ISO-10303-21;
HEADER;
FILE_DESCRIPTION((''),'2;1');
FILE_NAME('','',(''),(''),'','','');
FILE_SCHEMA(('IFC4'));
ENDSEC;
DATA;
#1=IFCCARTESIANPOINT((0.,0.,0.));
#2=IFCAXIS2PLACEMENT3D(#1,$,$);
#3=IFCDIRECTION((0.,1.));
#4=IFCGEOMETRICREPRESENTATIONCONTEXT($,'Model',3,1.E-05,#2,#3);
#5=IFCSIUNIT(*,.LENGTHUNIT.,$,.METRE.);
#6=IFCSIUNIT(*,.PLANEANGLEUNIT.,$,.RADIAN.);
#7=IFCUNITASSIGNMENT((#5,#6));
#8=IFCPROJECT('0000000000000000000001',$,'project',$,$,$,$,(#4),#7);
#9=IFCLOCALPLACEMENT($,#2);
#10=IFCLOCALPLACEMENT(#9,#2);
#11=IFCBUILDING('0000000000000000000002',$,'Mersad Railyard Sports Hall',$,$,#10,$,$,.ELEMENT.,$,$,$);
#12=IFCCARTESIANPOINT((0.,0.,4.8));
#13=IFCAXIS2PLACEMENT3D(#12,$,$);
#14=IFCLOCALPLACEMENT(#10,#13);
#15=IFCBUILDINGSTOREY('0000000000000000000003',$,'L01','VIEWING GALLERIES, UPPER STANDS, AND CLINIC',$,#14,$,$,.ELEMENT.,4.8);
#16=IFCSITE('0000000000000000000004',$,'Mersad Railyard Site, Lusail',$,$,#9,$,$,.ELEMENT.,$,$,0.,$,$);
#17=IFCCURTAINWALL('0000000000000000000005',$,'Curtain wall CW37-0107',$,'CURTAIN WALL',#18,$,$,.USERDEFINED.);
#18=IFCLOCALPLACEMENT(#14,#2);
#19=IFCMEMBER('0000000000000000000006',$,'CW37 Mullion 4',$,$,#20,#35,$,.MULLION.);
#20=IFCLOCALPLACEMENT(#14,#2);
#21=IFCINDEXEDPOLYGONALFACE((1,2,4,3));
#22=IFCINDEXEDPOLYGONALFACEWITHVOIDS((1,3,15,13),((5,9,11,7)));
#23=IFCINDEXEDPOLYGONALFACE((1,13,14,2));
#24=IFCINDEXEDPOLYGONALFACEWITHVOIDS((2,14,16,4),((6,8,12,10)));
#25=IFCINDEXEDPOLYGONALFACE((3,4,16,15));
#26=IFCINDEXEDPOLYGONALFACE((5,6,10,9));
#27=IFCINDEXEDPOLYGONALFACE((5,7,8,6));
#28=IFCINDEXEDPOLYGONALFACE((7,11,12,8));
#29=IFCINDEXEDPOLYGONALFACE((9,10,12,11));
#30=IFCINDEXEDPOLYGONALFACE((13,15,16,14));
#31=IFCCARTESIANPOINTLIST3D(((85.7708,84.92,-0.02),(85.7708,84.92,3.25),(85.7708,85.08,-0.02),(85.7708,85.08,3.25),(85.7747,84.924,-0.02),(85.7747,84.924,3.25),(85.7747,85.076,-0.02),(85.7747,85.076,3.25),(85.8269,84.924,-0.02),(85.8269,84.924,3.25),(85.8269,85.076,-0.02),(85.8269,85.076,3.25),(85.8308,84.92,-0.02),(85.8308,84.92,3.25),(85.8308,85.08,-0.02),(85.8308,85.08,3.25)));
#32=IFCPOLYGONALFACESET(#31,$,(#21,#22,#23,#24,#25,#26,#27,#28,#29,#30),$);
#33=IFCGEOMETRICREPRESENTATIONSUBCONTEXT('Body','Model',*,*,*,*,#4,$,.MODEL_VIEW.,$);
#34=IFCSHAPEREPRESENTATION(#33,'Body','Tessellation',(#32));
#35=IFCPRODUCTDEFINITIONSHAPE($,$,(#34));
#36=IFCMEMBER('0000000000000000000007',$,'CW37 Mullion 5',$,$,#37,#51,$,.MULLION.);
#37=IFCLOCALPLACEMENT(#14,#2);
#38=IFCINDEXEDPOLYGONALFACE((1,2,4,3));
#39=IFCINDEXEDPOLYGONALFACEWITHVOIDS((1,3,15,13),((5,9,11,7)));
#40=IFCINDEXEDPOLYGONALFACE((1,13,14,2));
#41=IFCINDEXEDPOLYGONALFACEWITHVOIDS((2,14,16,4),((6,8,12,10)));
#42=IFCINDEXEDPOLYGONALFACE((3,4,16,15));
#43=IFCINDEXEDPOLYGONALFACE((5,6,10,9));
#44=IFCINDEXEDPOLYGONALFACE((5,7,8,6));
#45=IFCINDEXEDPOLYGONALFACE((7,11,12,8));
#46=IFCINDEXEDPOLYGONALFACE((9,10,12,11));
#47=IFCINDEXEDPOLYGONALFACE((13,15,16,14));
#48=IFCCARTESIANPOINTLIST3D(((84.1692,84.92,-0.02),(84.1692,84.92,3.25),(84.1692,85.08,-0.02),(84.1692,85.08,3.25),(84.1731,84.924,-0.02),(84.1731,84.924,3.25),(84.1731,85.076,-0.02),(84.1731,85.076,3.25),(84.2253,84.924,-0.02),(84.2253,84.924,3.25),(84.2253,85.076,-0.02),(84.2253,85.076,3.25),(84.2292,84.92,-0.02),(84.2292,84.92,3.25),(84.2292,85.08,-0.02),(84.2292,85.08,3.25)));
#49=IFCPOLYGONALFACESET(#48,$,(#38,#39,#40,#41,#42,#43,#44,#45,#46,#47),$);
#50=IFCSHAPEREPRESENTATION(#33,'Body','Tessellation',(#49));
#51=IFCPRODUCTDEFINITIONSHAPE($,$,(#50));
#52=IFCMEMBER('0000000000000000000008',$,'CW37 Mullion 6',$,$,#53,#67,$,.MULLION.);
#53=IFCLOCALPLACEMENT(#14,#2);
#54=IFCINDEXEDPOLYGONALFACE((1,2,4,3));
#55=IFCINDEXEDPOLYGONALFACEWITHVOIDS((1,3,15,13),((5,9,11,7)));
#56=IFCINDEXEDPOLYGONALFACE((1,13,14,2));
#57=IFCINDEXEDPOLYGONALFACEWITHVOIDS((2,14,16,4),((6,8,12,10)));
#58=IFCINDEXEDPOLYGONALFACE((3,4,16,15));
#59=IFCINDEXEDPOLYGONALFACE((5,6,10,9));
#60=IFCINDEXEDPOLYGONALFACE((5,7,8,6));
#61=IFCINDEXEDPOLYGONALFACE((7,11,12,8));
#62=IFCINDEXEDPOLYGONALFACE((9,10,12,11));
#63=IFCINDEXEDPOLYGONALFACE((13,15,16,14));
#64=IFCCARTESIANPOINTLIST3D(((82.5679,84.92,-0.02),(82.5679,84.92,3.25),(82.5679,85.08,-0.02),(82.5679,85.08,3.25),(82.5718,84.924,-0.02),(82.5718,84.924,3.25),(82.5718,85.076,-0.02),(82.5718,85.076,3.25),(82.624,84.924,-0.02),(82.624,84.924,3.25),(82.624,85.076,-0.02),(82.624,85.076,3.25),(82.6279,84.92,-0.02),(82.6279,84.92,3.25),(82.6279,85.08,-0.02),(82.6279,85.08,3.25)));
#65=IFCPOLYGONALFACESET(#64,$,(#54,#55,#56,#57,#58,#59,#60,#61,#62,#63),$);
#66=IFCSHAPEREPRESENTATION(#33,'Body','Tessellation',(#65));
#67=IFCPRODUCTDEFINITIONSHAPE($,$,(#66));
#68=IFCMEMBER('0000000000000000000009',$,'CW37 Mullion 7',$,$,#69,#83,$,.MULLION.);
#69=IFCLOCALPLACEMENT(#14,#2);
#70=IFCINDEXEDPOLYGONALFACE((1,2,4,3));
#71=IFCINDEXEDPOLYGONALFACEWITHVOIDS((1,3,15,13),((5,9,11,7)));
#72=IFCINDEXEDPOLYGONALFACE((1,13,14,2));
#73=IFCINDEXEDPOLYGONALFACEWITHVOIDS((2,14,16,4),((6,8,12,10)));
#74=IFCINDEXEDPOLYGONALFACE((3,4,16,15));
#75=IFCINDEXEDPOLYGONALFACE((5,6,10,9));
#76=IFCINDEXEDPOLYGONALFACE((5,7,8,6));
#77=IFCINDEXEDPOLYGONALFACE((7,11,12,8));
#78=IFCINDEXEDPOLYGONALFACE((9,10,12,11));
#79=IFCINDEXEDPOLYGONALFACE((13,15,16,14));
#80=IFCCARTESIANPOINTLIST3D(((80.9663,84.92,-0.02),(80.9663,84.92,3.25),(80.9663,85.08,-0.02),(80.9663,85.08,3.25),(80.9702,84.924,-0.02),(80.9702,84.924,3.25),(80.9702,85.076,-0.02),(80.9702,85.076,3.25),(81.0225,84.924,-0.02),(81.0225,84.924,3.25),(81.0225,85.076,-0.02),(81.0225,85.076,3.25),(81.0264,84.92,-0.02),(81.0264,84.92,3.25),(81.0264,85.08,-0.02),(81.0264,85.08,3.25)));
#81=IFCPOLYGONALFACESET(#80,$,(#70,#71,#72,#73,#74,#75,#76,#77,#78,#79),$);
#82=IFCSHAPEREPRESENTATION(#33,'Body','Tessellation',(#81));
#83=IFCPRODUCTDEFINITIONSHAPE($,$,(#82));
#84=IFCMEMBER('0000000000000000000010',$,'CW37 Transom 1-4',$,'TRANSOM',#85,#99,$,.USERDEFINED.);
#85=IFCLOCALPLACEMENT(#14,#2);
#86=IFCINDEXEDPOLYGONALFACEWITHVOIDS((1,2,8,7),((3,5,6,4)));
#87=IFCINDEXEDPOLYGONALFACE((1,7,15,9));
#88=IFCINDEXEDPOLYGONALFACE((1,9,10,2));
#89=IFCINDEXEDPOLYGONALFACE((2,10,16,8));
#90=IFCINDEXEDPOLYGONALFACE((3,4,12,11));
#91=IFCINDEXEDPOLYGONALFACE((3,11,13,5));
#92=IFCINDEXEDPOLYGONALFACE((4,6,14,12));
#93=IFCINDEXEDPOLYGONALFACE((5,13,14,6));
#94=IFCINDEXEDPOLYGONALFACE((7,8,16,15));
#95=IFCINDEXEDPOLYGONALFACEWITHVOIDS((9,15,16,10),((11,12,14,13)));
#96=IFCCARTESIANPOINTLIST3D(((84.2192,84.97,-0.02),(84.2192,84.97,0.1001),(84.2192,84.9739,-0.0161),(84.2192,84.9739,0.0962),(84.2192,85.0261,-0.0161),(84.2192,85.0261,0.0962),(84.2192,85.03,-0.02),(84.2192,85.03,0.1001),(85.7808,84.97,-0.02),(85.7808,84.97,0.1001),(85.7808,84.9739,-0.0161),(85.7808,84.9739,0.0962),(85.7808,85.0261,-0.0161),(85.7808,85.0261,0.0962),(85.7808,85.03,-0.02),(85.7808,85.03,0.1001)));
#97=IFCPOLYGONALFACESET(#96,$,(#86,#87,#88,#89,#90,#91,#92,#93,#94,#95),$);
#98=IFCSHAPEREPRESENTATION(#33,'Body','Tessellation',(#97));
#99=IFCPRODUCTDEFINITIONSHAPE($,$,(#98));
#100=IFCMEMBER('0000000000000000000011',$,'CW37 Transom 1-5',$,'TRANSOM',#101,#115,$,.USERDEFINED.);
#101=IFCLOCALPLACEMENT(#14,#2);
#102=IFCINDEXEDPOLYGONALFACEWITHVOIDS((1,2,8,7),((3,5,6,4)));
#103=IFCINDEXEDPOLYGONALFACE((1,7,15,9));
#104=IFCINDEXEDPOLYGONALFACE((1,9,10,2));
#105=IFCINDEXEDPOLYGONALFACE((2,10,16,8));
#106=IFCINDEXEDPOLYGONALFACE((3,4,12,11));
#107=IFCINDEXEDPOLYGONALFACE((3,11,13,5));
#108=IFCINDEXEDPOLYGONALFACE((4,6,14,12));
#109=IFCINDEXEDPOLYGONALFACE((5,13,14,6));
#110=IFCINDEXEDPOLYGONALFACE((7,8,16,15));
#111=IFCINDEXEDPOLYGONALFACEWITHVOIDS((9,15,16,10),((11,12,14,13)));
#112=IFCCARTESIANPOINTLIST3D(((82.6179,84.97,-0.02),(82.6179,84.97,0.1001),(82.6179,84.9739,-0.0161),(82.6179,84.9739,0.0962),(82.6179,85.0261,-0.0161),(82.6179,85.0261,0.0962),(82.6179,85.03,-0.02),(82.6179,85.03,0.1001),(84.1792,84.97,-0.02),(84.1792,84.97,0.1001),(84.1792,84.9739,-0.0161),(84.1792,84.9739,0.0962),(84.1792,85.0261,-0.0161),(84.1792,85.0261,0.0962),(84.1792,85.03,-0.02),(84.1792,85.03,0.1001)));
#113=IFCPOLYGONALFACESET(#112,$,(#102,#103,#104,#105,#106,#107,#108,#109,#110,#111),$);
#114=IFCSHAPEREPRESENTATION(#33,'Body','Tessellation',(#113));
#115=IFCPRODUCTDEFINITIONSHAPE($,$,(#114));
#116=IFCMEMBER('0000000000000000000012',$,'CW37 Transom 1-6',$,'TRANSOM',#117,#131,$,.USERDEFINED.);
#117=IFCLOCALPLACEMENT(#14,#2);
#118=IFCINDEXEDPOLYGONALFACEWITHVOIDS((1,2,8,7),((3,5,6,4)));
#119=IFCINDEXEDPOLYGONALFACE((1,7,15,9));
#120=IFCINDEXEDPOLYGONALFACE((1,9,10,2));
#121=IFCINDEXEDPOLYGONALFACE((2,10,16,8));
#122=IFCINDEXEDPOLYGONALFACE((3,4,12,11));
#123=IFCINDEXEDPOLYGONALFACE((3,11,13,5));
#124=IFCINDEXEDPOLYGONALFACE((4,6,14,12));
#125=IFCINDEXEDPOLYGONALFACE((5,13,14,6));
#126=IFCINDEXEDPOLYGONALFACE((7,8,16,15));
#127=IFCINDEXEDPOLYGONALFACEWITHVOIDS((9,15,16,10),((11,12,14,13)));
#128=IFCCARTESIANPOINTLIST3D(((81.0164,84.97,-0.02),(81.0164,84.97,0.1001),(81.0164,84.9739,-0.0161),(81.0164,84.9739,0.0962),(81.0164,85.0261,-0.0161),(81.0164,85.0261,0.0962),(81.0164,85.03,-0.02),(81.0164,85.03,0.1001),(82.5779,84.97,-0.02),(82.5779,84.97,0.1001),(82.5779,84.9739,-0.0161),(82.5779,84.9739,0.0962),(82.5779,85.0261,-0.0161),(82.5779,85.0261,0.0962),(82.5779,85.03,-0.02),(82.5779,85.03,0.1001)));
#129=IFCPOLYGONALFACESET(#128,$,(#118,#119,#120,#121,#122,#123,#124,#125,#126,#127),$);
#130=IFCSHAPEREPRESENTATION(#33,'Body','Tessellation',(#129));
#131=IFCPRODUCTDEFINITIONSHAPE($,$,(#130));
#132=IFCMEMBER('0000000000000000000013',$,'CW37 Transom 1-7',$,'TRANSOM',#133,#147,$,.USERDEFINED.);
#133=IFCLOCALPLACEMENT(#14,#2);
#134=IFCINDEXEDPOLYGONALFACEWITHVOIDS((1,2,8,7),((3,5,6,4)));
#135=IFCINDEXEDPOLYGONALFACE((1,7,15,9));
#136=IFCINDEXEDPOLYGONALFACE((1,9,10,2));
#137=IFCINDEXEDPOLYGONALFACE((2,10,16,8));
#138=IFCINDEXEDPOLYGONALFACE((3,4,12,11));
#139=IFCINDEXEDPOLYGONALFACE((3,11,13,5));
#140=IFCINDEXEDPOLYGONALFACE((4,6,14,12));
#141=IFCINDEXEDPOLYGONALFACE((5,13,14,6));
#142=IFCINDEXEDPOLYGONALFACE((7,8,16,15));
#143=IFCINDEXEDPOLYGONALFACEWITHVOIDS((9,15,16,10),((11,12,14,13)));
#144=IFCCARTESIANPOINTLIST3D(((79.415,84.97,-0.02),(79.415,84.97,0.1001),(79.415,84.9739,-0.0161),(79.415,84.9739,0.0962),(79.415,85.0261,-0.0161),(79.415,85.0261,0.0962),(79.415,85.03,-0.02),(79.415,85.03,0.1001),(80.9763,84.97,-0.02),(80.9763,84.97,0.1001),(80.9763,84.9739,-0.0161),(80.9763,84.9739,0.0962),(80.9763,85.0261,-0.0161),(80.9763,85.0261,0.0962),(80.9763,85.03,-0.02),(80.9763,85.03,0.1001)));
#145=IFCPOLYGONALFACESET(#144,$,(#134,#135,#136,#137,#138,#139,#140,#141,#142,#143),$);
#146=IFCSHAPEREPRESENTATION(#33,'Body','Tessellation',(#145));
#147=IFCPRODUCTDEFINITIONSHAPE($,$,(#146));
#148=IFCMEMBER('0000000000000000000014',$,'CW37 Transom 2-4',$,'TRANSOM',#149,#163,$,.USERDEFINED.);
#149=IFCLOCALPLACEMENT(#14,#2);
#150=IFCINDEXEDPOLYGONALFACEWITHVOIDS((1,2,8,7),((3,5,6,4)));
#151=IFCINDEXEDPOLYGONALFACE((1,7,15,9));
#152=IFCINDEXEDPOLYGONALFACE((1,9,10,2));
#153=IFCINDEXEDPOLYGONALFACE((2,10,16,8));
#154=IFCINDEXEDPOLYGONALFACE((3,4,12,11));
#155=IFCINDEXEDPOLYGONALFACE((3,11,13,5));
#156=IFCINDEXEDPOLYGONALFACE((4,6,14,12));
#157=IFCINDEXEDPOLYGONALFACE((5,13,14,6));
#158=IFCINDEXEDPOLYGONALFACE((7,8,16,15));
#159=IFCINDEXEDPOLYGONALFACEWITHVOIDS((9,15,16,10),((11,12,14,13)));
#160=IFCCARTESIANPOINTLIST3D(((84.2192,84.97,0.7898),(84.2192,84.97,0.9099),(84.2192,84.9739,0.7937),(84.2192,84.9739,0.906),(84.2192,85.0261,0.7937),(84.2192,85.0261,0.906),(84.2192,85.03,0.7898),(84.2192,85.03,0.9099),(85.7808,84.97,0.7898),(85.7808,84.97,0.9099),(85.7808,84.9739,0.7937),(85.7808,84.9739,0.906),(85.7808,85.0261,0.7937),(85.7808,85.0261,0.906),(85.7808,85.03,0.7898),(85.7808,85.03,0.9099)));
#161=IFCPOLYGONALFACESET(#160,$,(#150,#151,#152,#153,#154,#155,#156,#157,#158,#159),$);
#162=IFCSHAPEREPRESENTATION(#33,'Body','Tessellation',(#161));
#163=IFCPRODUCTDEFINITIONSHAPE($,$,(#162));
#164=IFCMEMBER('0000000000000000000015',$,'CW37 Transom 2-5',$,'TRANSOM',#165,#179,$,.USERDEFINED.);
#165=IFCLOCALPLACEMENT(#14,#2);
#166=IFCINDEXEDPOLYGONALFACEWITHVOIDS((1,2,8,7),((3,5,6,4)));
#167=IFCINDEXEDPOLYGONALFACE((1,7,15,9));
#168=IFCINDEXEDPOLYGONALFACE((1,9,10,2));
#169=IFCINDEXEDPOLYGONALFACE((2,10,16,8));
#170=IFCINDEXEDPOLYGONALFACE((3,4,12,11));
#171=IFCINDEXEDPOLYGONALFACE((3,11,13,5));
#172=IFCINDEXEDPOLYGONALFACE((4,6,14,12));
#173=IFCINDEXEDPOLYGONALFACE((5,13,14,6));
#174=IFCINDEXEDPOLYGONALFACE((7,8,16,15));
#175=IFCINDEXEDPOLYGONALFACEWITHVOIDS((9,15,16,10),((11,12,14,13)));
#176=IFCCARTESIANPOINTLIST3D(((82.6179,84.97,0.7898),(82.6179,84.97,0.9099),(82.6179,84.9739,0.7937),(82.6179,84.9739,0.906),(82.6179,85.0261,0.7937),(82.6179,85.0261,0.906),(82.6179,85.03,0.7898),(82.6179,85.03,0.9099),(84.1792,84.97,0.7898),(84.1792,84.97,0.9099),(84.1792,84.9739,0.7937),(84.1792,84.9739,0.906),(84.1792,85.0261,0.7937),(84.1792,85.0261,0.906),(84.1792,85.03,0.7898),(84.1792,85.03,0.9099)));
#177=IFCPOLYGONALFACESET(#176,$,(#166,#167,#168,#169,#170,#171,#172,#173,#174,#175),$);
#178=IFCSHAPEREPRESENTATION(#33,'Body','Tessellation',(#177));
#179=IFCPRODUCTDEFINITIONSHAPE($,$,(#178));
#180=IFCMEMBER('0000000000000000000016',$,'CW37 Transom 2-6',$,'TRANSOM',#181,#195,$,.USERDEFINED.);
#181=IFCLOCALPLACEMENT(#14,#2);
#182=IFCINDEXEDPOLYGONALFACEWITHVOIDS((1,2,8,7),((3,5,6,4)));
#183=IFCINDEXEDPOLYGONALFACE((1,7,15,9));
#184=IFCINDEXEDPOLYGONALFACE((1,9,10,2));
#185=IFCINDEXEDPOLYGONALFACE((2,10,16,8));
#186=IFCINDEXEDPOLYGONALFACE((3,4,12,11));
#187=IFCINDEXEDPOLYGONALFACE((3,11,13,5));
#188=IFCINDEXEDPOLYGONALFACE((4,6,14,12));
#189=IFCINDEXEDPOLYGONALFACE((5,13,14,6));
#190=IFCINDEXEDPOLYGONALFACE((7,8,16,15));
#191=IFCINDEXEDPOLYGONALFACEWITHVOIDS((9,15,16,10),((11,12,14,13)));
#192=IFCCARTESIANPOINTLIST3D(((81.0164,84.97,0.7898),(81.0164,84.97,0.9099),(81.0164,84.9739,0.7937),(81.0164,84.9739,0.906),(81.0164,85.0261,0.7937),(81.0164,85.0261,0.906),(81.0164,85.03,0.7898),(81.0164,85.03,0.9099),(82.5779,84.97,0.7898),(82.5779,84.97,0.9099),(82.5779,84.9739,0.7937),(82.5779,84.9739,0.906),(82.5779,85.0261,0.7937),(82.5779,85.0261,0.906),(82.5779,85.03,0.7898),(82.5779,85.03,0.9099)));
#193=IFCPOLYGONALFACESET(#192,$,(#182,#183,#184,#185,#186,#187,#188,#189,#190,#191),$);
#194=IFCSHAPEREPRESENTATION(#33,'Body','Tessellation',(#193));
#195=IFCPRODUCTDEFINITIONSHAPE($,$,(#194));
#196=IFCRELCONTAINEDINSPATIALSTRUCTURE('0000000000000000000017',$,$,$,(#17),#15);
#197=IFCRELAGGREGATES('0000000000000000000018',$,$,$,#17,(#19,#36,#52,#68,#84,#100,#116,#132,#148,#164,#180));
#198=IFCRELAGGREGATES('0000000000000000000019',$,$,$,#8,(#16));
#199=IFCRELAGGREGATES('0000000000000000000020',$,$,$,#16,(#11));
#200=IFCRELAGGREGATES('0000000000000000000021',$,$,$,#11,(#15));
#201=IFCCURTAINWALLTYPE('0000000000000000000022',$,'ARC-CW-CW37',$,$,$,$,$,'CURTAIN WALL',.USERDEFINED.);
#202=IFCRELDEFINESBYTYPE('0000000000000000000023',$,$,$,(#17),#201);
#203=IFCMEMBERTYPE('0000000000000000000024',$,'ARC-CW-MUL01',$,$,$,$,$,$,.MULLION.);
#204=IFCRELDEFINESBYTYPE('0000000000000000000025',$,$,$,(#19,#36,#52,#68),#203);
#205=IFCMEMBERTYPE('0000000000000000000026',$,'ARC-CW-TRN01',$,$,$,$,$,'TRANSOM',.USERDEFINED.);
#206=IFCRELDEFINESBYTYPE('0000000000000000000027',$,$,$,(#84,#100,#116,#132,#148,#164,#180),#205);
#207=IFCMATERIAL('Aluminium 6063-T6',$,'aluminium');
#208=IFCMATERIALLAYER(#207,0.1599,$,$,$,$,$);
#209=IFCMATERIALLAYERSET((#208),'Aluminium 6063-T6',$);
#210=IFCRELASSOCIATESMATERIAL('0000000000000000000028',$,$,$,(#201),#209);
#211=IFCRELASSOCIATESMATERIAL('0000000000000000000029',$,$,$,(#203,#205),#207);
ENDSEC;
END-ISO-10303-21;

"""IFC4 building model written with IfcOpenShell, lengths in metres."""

from ifc_helpers import new_model, si_unit, direction, frame, origin, origin_2d, place, context, subcontext, project, spatial, hollow_rectangle, extrude, material, layer, layer_set, material_profile, profile_set, type_object, element, aggregate, save


model = new_model("IFC4")

# Units and contexts
model_context = context("Model", 3, precision=1e-05, world=origin(), true_north=direction((0.0, 1.0)))
body_context = subcontext(model_context, "Body", "Model", "MODEL_VIEW")
ifc_project = project(units=[si_unit("LENGTHUNIT", "METRE"), si_unit("PLANEANGLEUNIT", "RADIAN")], contexts=[model_context])

# Site, building, storey
site_placement = place(None, origin())
site = spatial("IfcSite", under=ifc_project, at=site_placement, Name="Mersad Railyard Site, Lusail", CompositionType="ELEMENT", RefElevation=0.0)
building_placement = place(site_placement, origin())
building = spatial("IfcBuilding", under=site, at=building_placement, Name="Mersad Railyard Sports Hall", CompositionType="ELEMENT")
storey_placement = place(building_placement, frame((0.0, 0.0, 4.8)))
storey = spatial("IfcBuildingStorey", under=building, at=storey_placement, Name="L01", Description="VIEWING GALLERIES, UPPER STANDS, AND CLINIC", CompositionType="ELEMENT", Elevation=4.8)

# Curtain wall, members
ifc_material_1 = material(Name="Aluminium 6063-T6", Category="aluminium")
ifc_layer_1 = layer(ifc_material_1, 0.1599)
ifc_layer_set_1 = layer_set([ifc_layer_1], Name="Aluminium 6063-T6")
curtain_wall_type = type_object("IfcCurtainWallType", Name="ARC-CW-CW37", ElementType="CURTAIN WALL", PredefinedType="USERDEFINED", material=ifc_layer_set_1)
curtain_wall_placement = place(storey_placement, origin())
curtain_wall = element("IfcCurtainWall", 1, at=curtain_wall_placement, inside=storey, type_object=curtain_wall_type, Name="Curtain wall CW37-0107", ObjectType="CURTAIN WALL", PredefinedType="USERDEFINED")
ifc_material_profile_1 = material_profile(ifc_material_1, hollow_rectangle(XDim=0.0601, YDim=0.1599, WallThickness=0.0039, at=origin_2d()), Name="AL MULLION 60x160x4")
ifc_profile_set_1 = profile_set([ifc_material_profile_1], Name="Aluminium 6063-T6")
member_type_1 = type_object("IfcMemberType", Name="ARC-CW-MUL01", PredefinedType="MULLION", material=ifc_profile_set_1)
member_1_placement = place(storey_placement, frame((85.8008, 85.0, -0.02), z_axis=(0.0, 0.0, 1.0), x_axis=(1.0, 0.0, 0.0)))
member_1 = element("IfcMember", 2, at=member_1_placement, type_object=member_type_1, Name="CW37 Mullion 4", PredefinedType="MULLION", context=body_context, shape_type="SweptSolid", body=[
    extrude(hollow_rectangle(XDim=0.0601, YDim=0.1599, WallThickness=0.0039, at=origin_2d()), origin(), (0.0, 0.0, 1.0), 3.27),
])
member_2_placement = place(storey_placement, frame((84.1992, 85.0, -0.02), z_axis=(0.0, 0.0, 1.0), x_axis=(1.0, 0.0, 0.0)))
member_2 = element("IfcMember", 3, at=member_2_placement, type_object=member_type_1, Name="CW37 Mullion 5", PredefinedType="MULLION", context=body_context, shape_type="SweptSolid", body=[
    extrude(hollow_rectangle(XDim=0.0601, YDim=0.1599, WallThickness=0.0039, at=origin_2d()), origin(), (0.0, 0.0, 1.0), 3.27),
])
member_3_placement = place(storey_placement, frame((82.5979, 85.0, -0.02), z_axis=(0.0, 0.0, 1.0), x_axis=(1.0, 0.0, 0.0)))
member_3 = element("IfcMember", 4, at=member_3_placement, type_object=member_type_1, Name="CW37 Mullion 6", PredefinedType="MULLION", context=body_context, shape_type="SweptSolid", body=[
    extrude(hollow_rectangle(XDim=0.0601, YDim=0.1599, WallThickness=0.0039, at=origin_2d()), origin(), (0.0, 0.0, 1.0), 3.27),
])
member_4_placement = place(storey_placement, frame((80.9963, 85.0, -0.02), z_axis=(0.0, 0.0, 1.0), x_axis=(1.0, 0.0, 0.0)))
member_4 = element("IfcMember", 5, at=member_4_placement, type_object=member_type_1, Name="CW37 Mullion 7", PredefinedType="MULLION", context=body_context, shape_type="SweptSolid", body=[
    extrude(hollow_rectangle(XDim=0.0601, YDim=0.1599, WallThickness=0.0039, at=origin_2d()), origin(), (0.0, 0.0, 1.0), 3.27),
])
ifc_material_profile_2 = material_profile(ifc_material_1, hollow_rectangle(XDim=0.0601, YDim=0.1201, WallThickness=0.0039, at=origin_2d()), Name="AL TRANSOM 60x120x4")
ifc_profile_set_2 = profile_set([ifc_material_profile_2], Name="Aluminium 6063-T6")
member_type_2 = type_object("IfcMemberType", Name="ARC-CW-TRN01", ElementType="TRANSOM", PredefinedType="USERDEFINED", material=ifc_profile_set_2)
member_5_placement = place(storey_placement, frame((85.7808, 85.0, 0.04), z_axis=(-1.0, 0.0, 0.0), x_axis=(0.0, -1.0, 0.0)))
member_5 = element("IfcMember", 6, at=member_5_placement, type_object=member_type_2, Name="CW37 Transom 1-4", ObjectType="TRANSOM", PredefinedType="USERDEFINED", context=body_context, shape_type="SweptSolid", body=[
    extrude(hollow_rectangle(XDim=0.0601, YDim=0.1201, WallThickness=0.0039, at=origin_2d()), origin(), (0.0, 0.0, 1.0), 1.5615),
])
member_6_placement = place(storey_placement, frame((84.1792, 85.0, 0.04), z_axis=(-1.0, 0.0, 0.0), x_axis=(0.0, -1.0, 0.0)))
member_6 = element("IfcMember", 7, at=member_6_placement, type_object=member_type_2, Name="CW37 Transom 1-5", ObjectType="TRANSOM", PredefinedType="USERDEFINED", context=body_context, shape_type="SweptSolid", body=[
    extrude(hollow_rectangle(XDim=0.0601, YDim=0.1201, WallThickness=0.0039, at=origin_2d()), origin(), (0.0, 0.0, 1.0), 1.5613),
])
member_7_placement = place(storey_placement, frame((82.5779, 85.0, 0.04), z_axis=(-1.0, 0.0, 0.0), x_axis=(0.0, -1.0, 0.0)))
member_7 = element("IfcMember", 8, at=member_7_placement, type_object=member_type_2, Name="CW37 Transom 1-6", ObjectType="TRANSOM", PredefinedType="USERDEFINED", context=body_context, shape_type="SweptSolid", body=[
    extrude(hollow_rectangle(XDim=0.0601, YDim=0.1201, WallThickness=0.0039, at=origin_2d()), origin(), (0.0, 0.0, 1.0), 1.5615),
])
member_8_placement = place(storey_placement, frame((80.9763, 85.0, 0.04), z_axis=(-1.0, 0.0, 0.0), x_axis=(0.0, -1.0, 0.0)))
member_8 = element("IfcMember", 9, at=member_8_placement, type_object=member_type_2, Name="CW37 Transom 1-7", ObjectType="TRANSOM", PredefinedType="USERDEFINED", context=body_context, shape_type="SweptSolid", body=[
    extrude(hollow_rectangle(XDim=0.0601, YDim=0.1201, WallThickness=0.0039, at=origin_2d()), origin(), (0.0, 0.0, 1.0), 1.5613),
])
member_9_placement = place(storey_placement, frame((85.7808, 85.0, 0.8499), z_axis=(-1.0, 0.0, 0.0), x_axis=(0.0, -1.0, 0.0)))
member_9 = element("IfcMember", 10, at=member_9_placement, type_object=member_type_2, Name="CW37 Transom 2-4", ObjectType="TRANSOM", PredefinedType="USERDEFINED", context=body_context, shape_type="SweptSolid", body=[
    extrude(hollow_rectangle(XDim=0.0601, YDim=0.1201, WallThickness=0.0039, at=origin_2d()), origin(), (0.0, 0.0, 1.0), 1.5615),
])
member_10_placement = place(storey_placement, frame((84.1792, 85.0, 0.8499), z_axis=(-1.0, 0.0, 0.0), x_axis=(0.0, -1.0, 0.0)))
member_10 = element("IfcMember", 11, at=member_10_placement, type_object=member_type_2, Name="CW37 Transom 2-5", ObjectType="TRANSOM", PredefinedType="USERDEFINED", context=body_context, shape_type="SweptSolid", body=[
    extrude(hollow_rectangle(XDim=0.0601, YDim=0.1201, WallThickness=0.0039, at=origin_2d()), origin(), (0.0, 0.0, 1.0), 1.5613),
])
member_11_placement = place(storey_placement, frame((82.5779, 85.0, 0.8499), z_axis=(-1.0, 0.0, 0.0), x_axis=(0.0, -1.0, 0.0)))
member_11 = element("IfcMember", 12, at=member_11_placement, type_object=member_type_2, Name="CW37 Transom 2-6", ObjectType="TRANSOM", PredefinedType="USERDEFINED", context=body_context, shape_type="SweptSolid", body=[
    extrude(hollow_rectangle(XDim=0.0601, YDim=0.1201, WallThickness=0.0039, at=origin_2d()), origin(), (0.0, 0.0, 1.0), 1.5615),
])
aggregate(curtain_wall, [member_1, member_2, member_3, member_4, member_5, member_6, member_7, member_8, member_9, member_10, member_11])

save(model, "model.ifc")
